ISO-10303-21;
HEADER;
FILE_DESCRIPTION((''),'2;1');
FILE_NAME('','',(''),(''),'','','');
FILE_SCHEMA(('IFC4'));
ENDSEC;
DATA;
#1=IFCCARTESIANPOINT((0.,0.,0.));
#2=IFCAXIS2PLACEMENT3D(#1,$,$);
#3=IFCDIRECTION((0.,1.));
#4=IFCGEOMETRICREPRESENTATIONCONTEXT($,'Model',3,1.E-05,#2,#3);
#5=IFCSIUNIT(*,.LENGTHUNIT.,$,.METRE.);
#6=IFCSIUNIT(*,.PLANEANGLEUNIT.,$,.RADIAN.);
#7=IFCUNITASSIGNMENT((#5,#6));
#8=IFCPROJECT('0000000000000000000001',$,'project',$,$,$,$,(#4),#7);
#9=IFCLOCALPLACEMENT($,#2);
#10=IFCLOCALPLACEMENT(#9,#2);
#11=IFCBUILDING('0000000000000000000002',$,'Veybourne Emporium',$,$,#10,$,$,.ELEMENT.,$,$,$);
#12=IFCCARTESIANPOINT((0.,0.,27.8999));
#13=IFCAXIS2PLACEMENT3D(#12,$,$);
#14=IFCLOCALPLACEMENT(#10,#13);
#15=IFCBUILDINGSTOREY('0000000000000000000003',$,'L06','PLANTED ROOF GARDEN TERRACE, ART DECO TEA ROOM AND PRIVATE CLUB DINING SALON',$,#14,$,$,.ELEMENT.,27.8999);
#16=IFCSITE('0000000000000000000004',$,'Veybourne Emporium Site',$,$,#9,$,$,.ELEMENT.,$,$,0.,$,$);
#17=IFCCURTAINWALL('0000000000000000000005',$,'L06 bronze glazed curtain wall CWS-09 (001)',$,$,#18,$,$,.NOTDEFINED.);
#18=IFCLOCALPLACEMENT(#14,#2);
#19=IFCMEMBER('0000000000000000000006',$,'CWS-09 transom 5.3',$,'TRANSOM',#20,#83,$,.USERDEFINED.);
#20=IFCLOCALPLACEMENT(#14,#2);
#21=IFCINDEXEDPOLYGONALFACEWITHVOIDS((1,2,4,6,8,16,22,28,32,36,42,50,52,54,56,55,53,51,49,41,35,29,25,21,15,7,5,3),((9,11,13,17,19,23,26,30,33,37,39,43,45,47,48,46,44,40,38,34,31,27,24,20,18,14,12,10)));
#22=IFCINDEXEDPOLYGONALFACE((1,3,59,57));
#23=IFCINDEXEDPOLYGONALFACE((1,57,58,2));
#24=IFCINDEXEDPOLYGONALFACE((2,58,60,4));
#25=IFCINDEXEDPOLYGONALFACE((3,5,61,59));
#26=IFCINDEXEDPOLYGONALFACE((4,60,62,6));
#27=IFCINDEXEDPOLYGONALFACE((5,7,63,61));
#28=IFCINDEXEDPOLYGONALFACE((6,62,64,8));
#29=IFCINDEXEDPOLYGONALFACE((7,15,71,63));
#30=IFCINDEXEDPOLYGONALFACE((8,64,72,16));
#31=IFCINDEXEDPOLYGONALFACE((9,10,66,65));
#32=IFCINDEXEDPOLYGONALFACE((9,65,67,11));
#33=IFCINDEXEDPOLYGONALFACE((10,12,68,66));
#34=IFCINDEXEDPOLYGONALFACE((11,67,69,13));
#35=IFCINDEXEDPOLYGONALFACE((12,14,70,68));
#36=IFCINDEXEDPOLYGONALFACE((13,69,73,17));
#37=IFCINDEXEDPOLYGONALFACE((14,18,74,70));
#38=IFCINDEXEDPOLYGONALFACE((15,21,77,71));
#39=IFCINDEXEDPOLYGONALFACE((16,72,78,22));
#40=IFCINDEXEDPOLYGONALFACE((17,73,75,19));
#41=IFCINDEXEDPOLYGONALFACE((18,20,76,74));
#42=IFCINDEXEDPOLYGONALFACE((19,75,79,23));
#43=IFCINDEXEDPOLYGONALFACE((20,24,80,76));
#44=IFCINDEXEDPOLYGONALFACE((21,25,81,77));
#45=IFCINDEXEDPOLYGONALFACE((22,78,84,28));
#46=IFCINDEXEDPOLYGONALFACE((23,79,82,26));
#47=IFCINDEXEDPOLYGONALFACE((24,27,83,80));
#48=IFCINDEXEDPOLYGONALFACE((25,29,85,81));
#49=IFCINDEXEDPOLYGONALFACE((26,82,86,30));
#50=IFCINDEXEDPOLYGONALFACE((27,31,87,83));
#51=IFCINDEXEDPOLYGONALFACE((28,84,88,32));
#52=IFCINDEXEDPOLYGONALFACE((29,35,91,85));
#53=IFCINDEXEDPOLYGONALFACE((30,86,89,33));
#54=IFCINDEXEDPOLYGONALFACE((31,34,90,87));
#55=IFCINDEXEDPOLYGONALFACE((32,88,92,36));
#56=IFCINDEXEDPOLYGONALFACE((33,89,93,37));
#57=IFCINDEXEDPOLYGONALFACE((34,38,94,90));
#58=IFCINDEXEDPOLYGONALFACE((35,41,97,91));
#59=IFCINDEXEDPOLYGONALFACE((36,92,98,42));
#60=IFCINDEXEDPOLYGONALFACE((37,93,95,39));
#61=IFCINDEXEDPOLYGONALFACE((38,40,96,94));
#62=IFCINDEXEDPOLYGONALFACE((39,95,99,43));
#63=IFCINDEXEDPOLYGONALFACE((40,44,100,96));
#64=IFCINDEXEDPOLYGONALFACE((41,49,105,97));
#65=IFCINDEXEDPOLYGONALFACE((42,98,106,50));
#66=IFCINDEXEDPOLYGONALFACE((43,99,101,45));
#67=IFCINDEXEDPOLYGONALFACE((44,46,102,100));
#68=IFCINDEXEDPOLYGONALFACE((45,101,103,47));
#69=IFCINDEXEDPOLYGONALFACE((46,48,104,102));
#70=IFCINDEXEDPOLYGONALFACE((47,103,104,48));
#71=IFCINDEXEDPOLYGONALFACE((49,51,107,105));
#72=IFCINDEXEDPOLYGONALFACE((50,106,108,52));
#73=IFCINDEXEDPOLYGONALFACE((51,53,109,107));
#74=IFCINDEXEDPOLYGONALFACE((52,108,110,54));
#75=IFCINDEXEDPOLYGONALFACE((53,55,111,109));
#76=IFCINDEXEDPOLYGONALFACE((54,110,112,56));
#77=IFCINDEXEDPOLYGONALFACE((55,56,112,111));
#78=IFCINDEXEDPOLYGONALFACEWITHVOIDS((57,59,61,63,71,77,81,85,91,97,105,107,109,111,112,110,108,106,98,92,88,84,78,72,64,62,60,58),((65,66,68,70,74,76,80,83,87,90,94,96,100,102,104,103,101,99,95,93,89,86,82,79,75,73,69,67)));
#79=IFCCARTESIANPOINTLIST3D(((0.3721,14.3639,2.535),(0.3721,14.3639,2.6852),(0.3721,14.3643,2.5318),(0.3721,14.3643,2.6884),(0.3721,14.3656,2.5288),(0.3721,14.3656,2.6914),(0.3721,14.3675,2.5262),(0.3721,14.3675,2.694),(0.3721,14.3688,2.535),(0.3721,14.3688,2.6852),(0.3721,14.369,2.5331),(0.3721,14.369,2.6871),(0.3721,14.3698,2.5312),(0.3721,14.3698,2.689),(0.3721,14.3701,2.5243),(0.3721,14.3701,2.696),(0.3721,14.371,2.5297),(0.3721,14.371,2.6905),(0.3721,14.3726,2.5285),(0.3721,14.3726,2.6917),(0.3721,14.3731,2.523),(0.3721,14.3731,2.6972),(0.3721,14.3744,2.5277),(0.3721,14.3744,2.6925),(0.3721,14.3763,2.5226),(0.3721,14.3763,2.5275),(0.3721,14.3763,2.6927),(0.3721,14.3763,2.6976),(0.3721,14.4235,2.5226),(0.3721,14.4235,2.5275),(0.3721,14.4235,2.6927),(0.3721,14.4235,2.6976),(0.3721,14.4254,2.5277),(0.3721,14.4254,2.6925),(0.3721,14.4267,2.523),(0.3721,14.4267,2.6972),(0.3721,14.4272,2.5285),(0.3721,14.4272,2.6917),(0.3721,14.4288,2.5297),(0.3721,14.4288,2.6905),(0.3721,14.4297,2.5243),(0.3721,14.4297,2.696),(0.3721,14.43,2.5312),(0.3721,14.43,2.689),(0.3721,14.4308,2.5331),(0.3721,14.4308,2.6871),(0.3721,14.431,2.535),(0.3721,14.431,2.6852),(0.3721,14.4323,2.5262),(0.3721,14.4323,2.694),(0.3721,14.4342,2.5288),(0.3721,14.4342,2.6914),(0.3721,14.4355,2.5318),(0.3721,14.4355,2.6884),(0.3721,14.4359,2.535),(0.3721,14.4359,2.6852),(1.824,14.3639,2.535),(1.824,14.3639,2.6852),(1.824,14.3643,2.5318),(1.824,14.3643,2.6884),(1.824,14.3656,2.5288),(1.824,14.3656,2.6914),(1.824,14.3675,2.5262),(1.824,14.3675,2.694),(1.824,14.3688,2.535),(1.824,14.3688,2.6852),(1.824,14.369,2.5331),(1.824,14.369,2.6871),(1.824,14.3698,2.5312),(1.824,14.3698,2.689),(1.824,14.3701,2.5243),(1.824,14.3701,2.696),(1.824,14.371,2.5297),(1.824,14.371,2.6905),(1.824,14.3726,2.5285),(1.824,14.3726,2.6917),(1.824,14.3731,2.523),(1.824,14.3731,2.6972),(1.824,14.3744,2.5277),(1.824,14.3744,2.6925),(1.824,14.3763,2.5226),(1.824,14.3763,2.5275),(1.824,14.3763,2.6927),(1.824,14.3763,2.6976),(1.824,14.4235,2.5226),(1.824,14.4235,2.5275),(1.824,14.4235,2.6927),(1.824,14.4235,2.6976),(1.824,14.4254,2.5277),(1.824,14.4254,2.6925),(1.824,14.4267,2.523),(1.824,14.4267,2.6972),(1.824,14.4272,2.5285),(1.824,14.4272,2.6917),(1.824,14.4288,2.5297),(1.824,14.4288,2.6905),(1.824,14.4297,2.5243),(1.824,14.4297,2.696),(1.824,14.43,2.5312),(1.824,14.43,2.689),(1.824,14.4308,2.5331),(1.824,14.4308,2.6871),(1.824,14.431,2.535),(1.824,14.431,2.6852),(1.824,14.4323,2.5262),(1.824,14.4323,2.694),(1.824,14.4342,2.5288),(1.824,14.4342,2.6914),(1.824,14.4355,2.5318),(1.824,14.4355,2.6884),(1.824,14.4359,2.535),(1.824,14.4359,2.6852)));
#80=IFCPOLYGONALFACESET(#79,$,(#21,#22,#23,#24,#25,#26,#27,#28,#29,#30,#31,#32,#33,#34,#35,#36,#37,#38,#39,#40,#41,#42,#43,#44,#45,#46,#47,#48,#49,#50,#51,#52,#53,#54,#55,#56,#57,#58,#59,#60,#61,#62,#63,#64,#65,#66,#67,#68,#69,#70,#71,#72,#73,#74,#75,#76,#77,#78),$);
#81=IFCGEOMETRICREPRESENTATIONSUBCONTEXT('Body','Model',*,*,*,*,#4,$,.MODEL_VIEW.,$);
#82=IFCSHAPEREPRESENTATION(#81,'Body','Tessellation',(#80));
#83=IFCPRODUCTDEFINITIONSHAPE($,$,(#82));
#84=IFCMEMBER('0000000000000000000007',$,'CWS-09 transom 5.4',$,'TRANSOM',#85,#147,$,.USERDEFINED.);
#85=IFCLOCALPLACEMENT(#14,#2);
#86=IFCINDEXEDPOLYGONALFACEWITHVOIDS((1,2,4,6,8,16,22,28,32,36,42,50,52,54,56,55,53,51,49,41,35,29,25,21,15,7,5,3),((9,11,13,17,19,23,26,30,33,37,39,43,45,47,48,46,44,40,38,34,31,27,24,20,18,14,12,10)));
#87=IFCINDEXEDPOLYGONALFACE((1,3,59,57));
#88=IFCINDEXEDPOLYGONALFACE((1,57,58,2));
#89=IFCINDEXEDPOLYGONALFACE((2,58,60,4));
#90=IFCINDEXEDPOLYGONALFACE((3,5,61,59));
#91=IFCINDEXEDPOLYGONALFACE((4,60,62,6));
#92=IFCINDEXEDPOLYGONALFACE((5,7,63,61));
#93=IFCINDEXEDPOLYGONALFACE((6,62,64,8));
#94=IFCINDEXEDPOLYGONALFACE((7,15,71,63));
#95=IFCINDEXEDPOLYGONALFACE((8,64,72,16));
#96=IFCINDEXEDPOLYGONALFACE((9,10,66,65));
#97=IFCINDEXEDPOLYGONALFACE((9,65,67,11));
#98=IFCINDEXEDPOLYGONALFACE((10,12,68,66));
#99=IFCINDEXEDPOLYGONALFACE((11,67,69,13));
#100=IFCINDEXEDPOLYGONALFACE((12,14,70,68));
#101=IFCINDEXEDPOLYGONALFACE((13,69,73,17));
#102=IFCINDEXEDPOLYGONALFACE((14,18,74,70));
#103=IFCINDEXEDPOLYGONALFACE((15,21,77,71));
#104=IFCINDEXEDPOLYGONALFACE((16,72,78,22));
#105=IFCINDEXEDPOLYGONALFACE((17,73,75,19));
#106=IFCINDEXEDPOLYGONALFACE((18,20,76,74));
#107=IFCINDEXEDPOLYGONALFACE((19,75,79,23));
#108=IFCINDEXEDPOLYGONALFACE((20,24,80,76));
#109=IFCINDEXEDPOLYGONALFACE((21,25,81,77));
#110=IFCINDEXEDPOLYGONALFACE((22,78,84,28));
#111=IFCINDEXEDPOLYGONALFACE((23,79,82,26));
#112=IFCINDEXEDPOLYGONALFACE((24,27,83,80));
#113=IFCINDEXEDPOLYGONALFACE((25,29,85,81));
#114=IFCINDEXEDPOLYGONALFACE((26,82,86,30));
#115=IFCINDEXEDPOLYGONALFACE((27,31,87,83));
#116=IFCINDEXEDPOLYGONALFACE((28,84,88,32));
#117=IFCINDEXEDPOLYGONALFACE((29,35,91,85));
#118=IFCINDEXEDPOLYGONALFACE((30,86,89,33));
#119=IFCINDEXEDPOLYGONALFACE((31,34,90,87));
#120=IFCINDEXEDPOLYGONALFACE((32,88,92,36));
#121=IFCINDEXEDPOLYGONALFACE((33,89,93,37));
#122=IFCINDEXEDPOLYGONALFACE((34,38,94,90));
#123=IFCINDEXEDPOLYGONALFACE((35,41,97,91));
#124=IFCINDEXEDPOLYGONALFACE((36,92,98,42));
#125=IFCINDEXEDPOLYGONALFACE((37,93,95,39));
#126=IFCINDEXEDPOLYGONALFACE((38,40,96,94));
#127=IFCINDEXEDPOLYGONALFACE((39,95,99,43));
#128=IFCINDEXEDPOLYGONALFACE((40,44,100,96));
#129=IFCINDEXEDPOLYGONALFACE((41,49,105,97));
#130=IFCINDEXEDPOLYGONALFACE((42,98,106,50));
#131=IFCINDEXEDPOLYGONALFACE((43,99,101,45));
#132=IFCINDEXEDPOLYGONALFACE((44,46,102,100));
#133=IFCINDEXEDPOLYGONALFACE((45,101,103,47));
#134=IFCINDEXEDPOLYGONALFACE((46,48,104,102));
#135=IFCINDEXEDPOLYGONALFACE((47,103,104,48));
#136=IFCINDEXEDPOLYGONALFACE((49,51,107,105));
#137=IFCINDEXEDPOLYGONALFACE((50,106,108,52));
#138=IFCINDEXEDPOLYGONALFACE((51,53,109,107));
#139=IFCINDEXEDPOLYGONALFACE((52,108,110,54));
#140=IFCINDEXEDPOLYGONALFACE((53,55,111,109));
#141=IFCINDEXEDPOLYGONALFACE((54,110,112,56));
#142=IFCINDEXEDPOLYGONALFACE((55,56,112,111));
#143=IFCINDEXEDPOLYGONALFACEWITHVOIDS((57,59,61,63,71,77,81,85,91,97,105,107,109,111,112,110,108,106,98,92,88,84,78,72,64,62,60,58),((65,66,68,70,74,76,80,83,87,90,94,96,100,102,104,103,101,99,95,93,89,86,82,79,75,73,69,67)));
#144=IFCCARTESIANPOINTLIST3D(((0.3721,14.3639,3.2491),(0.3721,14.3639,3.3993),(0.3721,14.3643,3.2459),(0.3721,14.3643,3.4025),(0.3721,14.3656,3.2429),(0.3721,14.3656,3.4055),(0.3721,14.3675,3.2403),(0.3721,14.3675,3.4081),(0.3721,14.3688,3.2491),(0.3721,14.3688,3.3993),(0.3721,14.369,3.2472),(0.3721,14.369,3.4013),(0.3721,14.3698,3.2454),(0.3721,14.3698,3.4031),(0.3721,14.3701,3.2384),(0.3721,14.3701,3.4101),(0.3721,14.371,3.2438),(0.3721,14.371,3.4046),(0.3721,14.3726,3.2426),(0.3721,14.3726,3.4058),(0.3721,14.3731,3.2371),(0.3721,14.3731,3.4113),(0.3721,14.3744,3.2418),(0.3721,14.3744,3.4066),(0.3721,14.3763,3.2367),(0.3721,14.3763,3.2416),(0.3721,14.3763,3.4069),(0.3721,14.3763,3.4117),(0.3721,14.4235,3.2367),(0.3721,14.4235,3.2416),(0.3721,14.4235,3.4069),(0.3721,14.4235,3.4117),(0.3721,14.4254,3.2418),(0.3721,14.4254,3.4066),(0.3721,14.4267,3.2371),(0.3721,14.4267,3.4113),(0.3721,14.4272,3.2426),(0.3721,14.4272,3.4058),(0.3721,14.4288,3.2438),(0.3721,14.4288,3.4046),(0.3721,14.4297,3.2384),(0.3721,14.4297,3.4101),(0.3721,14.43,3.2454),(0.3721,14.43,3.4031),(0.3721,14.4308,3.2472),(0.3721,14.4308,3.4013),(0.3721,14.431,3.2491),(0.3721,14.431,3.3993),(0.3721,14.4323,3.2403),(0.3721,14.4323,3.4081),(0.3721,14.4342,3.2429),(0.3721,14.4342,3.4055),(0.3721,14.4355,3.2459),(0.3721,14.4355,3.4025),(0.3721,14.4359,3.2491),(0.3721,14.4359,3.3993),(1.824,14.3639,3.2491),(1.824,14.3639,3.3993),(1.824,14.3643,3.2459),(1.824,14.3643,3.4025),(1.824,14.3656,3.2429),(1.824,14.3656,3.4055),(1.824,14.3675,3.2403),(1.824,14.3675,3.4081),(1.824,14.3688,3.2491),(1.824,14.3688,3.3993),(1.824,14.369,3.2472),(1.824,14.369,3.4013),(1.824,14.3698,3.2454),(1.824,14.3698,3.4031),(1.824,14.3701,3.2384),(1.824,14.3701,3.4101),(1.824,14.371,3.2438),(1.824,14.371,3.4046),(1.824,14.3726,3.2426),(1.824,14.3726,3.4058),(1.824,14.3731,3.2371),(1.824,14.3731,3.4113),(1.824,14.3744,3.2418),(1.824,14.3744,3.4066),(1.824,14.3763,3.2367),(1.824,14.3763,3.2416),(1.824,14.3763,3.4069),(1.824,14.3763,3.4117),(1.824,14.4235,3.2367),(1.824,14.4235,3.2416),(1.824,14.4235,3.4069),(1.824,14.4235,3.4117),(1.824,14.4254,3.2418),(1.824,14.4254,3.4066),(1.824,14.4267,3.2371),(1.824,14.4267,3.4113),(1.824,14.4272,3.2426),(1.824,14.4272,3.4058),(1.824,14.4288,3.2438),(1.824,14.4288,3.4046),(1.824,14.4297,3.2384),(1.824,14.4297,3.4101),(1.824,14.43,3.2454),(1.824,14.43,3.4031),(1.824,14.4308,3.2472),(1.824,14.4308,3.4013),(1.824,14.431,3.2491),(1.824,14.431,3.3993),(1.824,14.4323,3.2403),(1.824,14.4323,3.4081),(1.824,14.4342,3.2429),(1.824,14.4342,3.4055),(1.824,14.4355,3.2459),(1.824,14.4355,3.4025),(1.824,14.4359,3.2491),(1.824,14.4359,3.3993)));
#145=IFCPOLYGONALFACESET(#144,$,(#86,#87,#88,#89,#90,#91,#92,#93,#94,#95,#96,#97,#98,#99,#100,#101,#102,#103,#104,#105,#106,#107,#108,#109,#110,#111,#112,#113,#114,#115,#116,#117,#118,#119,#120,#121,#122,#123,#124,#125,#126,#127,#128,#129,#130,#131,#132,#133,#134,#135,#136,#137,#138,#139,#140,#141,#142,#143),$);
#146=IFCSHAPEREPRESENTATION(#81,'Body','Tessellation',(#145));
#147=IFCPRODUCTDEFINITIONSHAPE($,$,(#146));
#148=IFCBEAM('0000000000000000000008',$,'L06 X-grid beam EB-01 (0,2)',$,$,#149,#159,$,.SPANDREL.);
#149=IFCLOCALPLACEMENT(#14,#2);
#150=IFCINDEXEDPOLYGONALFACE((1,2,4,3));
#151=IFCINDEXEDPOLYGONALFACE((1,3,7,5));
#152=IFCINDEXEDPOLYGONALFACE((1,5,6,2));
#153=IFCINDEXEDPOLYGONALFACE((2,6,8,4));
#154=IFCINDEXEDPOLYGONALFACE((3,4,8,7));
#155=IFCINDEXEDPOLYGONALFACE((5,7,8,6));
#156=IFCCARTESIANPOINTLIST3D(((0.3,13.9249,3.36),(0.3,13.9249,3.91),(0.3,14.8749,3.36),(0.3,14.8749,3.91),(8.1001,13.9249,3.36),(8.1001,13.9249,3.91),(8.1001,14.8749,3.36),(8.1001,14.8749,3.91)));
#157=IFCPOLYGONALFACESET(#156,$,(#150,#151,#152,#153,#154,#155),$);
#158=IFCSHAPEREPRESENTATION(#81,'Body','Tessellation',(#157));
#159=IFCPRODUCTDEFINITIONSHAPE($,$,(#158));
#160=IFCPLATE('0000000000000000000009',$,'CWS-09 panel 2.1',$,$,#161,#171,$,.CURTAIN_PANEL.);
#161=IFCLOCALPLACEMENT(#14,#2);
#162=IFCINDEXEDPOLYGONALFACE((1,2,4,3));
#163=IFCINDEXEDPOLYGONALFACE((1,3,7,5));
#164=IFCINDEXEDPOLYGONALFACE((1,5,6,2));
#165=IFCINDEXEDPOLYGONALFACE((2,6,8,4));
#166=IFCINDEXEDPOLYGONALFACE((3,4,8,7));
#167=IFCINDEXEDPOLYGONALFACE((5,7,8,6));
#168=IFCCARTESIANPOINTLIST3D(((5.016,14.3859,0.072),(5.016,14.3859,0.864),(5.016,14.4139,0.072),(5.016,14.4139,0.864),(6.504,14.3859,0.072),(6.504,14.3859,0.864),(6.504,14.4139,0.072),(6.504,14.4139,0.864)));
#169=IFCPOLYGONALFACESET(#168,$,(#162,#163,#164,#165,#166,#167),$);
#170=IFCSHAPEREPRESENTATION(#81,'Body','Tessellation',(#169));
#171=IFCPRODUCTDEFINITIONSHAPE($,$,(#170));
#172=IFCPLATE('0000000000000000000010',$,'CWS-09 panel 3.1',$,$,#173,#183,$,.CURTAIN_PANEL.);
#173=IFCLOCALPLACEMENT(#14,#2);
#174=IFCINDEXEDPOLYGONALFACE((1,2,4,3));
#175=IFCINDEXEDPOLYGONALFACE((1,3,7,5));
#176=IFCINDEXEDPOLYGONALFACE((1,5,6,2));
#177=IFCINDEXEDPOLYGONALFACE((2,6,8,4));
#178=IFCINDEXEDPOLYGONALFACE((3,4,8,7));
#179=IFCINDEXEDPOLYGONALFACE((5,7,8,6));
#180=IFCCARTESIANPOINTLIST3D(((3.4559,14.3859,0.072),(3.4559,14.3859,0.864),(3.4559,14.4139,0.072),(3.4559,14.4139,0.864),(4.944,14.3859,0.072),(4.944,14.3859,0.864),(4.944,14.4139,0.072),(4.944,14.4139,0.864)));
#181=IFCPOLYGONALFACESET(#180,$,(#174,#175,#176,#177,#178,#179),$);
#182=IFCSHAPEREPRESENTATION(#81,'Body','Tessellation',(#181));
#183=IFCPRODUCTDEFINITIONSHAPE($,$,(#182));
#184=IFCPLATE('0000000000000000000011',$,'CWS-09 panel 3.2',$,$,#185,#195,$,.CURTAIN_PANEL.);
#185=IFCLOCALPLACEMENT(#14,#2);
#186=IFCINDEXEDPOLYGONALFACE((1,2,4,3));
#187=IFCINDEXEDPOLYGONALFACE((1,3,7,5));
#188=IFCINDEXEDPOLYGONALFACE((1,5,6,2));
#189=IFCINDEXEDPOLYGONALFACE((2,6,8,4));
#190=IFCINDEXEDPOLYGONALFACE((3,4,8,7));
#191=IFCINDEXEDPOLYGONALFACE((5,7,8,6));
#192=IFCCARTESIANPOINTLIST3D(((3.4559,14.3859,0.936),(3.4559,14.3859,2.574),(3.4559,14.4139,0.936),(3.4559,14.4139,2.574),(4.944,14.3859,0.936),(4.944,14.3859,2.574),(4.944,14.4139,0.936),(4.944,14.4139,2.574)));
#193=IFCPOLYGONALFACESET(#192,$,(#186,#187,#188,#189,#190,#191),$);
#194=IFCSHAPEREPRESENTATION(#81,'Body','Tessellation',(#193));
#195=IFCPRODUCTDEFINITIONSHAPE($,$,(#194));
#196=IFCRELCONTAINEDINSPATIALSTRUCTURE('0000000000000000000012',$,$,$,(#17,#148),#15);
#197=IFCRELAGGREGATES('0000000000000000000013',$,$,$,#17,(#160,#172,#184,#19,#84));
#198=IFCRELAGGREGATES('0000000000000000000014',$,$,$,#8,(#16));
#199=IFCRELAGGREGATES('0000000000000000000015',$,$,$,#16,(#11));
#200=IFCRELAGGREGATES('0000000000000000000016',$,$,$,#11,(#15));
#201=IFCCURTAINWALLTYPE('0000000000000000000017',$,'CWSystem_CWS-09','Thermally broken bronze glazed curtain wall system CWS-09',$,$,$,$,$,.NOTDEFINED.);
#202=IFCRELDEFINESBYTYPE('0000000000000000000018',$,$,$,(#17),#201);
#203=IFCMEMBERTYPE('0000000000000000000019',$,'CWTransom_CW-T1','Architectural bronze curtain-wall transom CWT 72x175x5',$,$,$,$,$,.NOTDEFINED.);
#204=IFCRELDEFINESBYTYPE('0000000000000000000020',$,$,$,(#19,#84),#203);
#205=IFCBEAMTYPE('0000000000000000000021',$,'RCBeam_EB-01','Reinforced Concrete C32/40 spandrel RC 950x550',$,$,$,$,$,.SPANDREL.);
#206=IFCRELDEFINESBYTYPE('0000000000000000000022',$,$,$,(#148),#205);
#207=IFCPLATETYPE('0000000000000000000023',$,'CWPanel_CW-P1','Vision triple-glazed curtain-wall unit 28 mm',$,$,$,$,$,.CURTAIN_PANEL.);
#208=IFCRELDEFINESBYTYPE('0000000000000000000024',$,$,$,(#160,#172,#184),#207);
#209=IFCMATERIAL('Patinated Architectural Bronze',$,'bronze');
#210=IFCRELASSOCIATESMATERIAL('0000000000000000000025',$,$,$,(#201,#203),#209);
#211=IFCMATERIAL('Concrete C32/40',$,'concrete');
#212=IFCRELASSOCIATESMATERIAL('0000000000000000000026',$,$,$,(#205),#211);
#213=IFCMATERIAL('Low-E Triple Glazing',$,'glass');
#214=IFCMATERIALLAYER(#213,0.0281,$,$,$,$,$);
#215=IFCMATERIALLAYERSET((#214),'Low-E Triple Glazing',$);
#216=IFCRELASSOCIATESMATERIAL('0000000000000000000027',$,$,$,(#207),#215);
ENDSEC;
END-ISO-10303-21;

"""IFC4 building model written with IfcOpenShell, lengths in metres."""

from ifc_helpers import new_model, si_unit, direction, frame, origin, origin_2d, place, context, subcontext, project, spatial, rectangle, hollow_rectangle, extrude, material, layer, layer_set, material_profile, profile_set, type_object, element, aggregate, save


model = new_model("IFC4")

# Units and contexts
model_context = context("Model", 3, precision=1e-05, world=origin(), true_north=direction((0.0, 1.0)))
body_context = subcontext(model_context, "Body", "Model", "MODEL_VIEW")
ifc_project = project(units=[si_unit("LENGTHUNIT", "METRE"), si_unit("PLANEANGLEUNIT", "RADIAN")], contexts=[model_context])

# Site, building, storey
site_placement = place(None, origin())
site = spatial("IfcSite", under=ifc_project, at=site_placement, Name="Veybourne Emporium Site", CompositionType="ELEMENT", RefElevation=0.0)
building_placement = place(site_placement, origin())
building = spatial("IfcBuilding", under=site, at=building_placement, Name="Veybourne Emporium", CompositionType="ELEMENT")
storey_placement = place(building_placement, frame((0.0, 0.0, 27.8999)))
storey = spatial("IfcBuildingStorey", under=building, at=storey_placement, Name="L06", Description="PLANTED ROOF GARDEN TERRACE, ART DECO TEA ROOM AND PRIVATE CLUB DINING SALON", CompositionType="ELEMENT", Elevation=27.8999)

# Curtain wall, members
ifc_material_1 = material(Name="Patinated Architectural Bronze", Category="bronze")
curtain_wall_type = type_object("IfcCurtainWallType", Name="CWSystem_CWS-09", Description="Thermally broken bronze glazed curtain wall system CWS-09", PredefinedType="NOTDEFINED", material=ifc_material_1)
curtain_wall_placement = place(storey_placement, origin())
curtain_wall = element("IfcCurtainWall", 1, at=curtain_wall_placement, inside=storey, type_object=curtain_wall_type, Name="L06 bronze glazed curtain wall CWS-09 (001)", PredefinedType="NOTDEFINED")
ifc_material_profile_1 = material_profile(ifc_material_1, hollow_rectangle(XDim=0.072, YDim=0.175, WallThickness=0.0049, InnerFilletRadius=0.0076, OuterFilletRadius=0.0125, at=origin_2d()), Name="CWT 72x175x5")
ifc_profile_set_1 = profile_set([ifc_material_profile_1], Name="Patinated Architectural Bronze")
member_type_1 = type_object("IfcMemberType", Name="CWTransom_CW-T1", Description="Architectural bronze curtain-wall transom CWT 72x175x5", PredefinedType="NOTDEFINED", material=ifc_profile_set_1)
member_1_placement = place(storey_placement, frame((1.824, 14.3999, 2.6101), z_axis=(-1.0, 0.0, 0.0), x_axis=(0.0, -1.0, 0.0)))
member_1 = element("IfcMember", 2, at=member_1_placement, type_object=member_type_1, Name="CWS-09 transom 5.3", ObjectType="TRANSOM", PredefinedType="USERDEFINED", context=body_context, shape_type="SweptSolid", body=[
    extrude(hollow_rectangle(XDim=0.072, YDim=0.175, WallThickness=0.0049, InnerFilletRadius=0.0076, OuterFilletRadius=0.0125, at=origin_2d()), origin(), (0.0, 0.0, 1.0), 1.4519),
])
member_2_placement = place(storey_placement, frame((1.824, 14.3999, 3.3242), z_axis=(-1.0, 0.0, 0.0), x_axis=(0.0, -1.0, 0.0)))
member_2 = element("IfcMember", 3, at=member_2_placement, type_object=member_type_1, Name="CWS-09 transom 5.4", ObjectType="TRANSOM", PredefinedType="USERDEFINED", context=body_context, shape_type="SweptSolid", body=[
    extrude(hollow_rectangle(XDim=0.072, YDim=0.175, WallThickness=0.0049, InnerFilletRadius=0.0076, OuterFilletRadius=0.0125, at=origin_2d()), origin(), (0.0, 0.0, 1.0), 1.4519),
])

# Beam
ifc_material_2 = material(Name="Concrete C32/40", Category="concrete")
ifc_material_profile_2 = material_profile(ifc_material_2, rectangle(XDim=0.95, YDim=0.55, at=origin_2d()), Name="RC 950x550")
ifc_profile_set_2 = profile_set([ifc_material_profile_2], Name="Concrete C32/40")
beam_type = type_object("IfcBeamType", Name="RCBeam_EB-01", Description="Reinforced Concrete C32/40 spandrel RC 950x550", PredefinedType="SPANDREL", material=ifc_profile_set_2)
beam_placement = place(storey_placement, frame((0.3, 14.3999, 3.635), z_axis=(1.0, 0.0, 0.0), x_axis=(0.0, 1.0, 0.0)))
element("IfcBeam", 4, at=beam_placement, inside=storey, type_object=beam_type, Name="L06 X-grid beam EB-01 (0,2)", PredefinedType="SPANDREL", context=body_context, shape_type="SweptSolid", body=[
    extrude(rectangle(XDim=0.95, YDim=0.55, at=origin_2d()), origin(), (0.0, 0.0, 1.0), 7.8),
])

# Plates
ifc_material_3 = material(Name="Low-E Triple Glazing", Category="glass")
ifc_layer_1 = layer(ifc_material_3, 0.0281)
ifc_layer_set_1 = layer_set([ifc_layer_1], Name="Low-E Triple Glazing")
plate_type = type_object("IfcPlateType", Name="CWPanel_CW-P1", Description="Vision triple-glazed curtain-wall unit 28 mm", PredefinedType="CURTAIN_PANEL", material=ifc_layer_set_1)
plate_1_placement = place(storey_placement, frame((5.76, 14.3999, 0.072), z_axis=(0.0, 0.0, 1.0), x_axis=(-1.0, 0.0, 0.0)))
plate_1 = element("IfcPlate", 5, at=plate_1_placement, type_object=plate_type, Name="CWS-09 panel 2.1", PredefinedType="CURTAIN_PANEL", context=body_context, shape_type="SweptSolid", body=[
    extrude(rectangle(XDim=1.488, YDim=0.0281, at=origin_2d()), origin(), (0.0, 0.0, 1.0), 0.792),
])
plate_2_placement = place(storey_placement, frame((4.2, 14.3999, 0.072), z_axis=(0.0, 0.0, 1.0), x_axis=(-1.0, 0.0, 0.0)))
plate_2 = element("IfcPlate", 6, at=plate_2_placement, type_object=plate_type, Name="CWS-09 panel 3.1", PredefinedType="CURTAIN_PANEL", context=body_context, shape_type="SweptSolid", body=[
    extrude(rectangle(XDim=1.488, YDim=0.0281, at=origin_2d()), origin(), (0.0, 0.0, 1.0), 0.792),
])
plate_3_placement = place(storey_placement, frame((4.2, 14.3999, 0.936), z_axis=(0.0, 0.0, 1.0), x_axis=(-1.0, 0.0, 0.0)))
plate_3 = element("IfcPlate", 7, at=plate_3_placement, type_object=plate_type, Name="CWS-09 panel 3.2", PredefinedType="CURTAIN_PANEL", context=body_context, shape_type="SweptSolid", body=[
    extrude(rectangle(XDim=1.488, YDim=0.0281, at=origin_2d()), origin(), (0.0, 0.0, 1.0), 1.6379),
])
aggregate(curtain_wall, [plate_1, plate_2, plate_3, member_1, member_2])

save(model, "model.ifc")
